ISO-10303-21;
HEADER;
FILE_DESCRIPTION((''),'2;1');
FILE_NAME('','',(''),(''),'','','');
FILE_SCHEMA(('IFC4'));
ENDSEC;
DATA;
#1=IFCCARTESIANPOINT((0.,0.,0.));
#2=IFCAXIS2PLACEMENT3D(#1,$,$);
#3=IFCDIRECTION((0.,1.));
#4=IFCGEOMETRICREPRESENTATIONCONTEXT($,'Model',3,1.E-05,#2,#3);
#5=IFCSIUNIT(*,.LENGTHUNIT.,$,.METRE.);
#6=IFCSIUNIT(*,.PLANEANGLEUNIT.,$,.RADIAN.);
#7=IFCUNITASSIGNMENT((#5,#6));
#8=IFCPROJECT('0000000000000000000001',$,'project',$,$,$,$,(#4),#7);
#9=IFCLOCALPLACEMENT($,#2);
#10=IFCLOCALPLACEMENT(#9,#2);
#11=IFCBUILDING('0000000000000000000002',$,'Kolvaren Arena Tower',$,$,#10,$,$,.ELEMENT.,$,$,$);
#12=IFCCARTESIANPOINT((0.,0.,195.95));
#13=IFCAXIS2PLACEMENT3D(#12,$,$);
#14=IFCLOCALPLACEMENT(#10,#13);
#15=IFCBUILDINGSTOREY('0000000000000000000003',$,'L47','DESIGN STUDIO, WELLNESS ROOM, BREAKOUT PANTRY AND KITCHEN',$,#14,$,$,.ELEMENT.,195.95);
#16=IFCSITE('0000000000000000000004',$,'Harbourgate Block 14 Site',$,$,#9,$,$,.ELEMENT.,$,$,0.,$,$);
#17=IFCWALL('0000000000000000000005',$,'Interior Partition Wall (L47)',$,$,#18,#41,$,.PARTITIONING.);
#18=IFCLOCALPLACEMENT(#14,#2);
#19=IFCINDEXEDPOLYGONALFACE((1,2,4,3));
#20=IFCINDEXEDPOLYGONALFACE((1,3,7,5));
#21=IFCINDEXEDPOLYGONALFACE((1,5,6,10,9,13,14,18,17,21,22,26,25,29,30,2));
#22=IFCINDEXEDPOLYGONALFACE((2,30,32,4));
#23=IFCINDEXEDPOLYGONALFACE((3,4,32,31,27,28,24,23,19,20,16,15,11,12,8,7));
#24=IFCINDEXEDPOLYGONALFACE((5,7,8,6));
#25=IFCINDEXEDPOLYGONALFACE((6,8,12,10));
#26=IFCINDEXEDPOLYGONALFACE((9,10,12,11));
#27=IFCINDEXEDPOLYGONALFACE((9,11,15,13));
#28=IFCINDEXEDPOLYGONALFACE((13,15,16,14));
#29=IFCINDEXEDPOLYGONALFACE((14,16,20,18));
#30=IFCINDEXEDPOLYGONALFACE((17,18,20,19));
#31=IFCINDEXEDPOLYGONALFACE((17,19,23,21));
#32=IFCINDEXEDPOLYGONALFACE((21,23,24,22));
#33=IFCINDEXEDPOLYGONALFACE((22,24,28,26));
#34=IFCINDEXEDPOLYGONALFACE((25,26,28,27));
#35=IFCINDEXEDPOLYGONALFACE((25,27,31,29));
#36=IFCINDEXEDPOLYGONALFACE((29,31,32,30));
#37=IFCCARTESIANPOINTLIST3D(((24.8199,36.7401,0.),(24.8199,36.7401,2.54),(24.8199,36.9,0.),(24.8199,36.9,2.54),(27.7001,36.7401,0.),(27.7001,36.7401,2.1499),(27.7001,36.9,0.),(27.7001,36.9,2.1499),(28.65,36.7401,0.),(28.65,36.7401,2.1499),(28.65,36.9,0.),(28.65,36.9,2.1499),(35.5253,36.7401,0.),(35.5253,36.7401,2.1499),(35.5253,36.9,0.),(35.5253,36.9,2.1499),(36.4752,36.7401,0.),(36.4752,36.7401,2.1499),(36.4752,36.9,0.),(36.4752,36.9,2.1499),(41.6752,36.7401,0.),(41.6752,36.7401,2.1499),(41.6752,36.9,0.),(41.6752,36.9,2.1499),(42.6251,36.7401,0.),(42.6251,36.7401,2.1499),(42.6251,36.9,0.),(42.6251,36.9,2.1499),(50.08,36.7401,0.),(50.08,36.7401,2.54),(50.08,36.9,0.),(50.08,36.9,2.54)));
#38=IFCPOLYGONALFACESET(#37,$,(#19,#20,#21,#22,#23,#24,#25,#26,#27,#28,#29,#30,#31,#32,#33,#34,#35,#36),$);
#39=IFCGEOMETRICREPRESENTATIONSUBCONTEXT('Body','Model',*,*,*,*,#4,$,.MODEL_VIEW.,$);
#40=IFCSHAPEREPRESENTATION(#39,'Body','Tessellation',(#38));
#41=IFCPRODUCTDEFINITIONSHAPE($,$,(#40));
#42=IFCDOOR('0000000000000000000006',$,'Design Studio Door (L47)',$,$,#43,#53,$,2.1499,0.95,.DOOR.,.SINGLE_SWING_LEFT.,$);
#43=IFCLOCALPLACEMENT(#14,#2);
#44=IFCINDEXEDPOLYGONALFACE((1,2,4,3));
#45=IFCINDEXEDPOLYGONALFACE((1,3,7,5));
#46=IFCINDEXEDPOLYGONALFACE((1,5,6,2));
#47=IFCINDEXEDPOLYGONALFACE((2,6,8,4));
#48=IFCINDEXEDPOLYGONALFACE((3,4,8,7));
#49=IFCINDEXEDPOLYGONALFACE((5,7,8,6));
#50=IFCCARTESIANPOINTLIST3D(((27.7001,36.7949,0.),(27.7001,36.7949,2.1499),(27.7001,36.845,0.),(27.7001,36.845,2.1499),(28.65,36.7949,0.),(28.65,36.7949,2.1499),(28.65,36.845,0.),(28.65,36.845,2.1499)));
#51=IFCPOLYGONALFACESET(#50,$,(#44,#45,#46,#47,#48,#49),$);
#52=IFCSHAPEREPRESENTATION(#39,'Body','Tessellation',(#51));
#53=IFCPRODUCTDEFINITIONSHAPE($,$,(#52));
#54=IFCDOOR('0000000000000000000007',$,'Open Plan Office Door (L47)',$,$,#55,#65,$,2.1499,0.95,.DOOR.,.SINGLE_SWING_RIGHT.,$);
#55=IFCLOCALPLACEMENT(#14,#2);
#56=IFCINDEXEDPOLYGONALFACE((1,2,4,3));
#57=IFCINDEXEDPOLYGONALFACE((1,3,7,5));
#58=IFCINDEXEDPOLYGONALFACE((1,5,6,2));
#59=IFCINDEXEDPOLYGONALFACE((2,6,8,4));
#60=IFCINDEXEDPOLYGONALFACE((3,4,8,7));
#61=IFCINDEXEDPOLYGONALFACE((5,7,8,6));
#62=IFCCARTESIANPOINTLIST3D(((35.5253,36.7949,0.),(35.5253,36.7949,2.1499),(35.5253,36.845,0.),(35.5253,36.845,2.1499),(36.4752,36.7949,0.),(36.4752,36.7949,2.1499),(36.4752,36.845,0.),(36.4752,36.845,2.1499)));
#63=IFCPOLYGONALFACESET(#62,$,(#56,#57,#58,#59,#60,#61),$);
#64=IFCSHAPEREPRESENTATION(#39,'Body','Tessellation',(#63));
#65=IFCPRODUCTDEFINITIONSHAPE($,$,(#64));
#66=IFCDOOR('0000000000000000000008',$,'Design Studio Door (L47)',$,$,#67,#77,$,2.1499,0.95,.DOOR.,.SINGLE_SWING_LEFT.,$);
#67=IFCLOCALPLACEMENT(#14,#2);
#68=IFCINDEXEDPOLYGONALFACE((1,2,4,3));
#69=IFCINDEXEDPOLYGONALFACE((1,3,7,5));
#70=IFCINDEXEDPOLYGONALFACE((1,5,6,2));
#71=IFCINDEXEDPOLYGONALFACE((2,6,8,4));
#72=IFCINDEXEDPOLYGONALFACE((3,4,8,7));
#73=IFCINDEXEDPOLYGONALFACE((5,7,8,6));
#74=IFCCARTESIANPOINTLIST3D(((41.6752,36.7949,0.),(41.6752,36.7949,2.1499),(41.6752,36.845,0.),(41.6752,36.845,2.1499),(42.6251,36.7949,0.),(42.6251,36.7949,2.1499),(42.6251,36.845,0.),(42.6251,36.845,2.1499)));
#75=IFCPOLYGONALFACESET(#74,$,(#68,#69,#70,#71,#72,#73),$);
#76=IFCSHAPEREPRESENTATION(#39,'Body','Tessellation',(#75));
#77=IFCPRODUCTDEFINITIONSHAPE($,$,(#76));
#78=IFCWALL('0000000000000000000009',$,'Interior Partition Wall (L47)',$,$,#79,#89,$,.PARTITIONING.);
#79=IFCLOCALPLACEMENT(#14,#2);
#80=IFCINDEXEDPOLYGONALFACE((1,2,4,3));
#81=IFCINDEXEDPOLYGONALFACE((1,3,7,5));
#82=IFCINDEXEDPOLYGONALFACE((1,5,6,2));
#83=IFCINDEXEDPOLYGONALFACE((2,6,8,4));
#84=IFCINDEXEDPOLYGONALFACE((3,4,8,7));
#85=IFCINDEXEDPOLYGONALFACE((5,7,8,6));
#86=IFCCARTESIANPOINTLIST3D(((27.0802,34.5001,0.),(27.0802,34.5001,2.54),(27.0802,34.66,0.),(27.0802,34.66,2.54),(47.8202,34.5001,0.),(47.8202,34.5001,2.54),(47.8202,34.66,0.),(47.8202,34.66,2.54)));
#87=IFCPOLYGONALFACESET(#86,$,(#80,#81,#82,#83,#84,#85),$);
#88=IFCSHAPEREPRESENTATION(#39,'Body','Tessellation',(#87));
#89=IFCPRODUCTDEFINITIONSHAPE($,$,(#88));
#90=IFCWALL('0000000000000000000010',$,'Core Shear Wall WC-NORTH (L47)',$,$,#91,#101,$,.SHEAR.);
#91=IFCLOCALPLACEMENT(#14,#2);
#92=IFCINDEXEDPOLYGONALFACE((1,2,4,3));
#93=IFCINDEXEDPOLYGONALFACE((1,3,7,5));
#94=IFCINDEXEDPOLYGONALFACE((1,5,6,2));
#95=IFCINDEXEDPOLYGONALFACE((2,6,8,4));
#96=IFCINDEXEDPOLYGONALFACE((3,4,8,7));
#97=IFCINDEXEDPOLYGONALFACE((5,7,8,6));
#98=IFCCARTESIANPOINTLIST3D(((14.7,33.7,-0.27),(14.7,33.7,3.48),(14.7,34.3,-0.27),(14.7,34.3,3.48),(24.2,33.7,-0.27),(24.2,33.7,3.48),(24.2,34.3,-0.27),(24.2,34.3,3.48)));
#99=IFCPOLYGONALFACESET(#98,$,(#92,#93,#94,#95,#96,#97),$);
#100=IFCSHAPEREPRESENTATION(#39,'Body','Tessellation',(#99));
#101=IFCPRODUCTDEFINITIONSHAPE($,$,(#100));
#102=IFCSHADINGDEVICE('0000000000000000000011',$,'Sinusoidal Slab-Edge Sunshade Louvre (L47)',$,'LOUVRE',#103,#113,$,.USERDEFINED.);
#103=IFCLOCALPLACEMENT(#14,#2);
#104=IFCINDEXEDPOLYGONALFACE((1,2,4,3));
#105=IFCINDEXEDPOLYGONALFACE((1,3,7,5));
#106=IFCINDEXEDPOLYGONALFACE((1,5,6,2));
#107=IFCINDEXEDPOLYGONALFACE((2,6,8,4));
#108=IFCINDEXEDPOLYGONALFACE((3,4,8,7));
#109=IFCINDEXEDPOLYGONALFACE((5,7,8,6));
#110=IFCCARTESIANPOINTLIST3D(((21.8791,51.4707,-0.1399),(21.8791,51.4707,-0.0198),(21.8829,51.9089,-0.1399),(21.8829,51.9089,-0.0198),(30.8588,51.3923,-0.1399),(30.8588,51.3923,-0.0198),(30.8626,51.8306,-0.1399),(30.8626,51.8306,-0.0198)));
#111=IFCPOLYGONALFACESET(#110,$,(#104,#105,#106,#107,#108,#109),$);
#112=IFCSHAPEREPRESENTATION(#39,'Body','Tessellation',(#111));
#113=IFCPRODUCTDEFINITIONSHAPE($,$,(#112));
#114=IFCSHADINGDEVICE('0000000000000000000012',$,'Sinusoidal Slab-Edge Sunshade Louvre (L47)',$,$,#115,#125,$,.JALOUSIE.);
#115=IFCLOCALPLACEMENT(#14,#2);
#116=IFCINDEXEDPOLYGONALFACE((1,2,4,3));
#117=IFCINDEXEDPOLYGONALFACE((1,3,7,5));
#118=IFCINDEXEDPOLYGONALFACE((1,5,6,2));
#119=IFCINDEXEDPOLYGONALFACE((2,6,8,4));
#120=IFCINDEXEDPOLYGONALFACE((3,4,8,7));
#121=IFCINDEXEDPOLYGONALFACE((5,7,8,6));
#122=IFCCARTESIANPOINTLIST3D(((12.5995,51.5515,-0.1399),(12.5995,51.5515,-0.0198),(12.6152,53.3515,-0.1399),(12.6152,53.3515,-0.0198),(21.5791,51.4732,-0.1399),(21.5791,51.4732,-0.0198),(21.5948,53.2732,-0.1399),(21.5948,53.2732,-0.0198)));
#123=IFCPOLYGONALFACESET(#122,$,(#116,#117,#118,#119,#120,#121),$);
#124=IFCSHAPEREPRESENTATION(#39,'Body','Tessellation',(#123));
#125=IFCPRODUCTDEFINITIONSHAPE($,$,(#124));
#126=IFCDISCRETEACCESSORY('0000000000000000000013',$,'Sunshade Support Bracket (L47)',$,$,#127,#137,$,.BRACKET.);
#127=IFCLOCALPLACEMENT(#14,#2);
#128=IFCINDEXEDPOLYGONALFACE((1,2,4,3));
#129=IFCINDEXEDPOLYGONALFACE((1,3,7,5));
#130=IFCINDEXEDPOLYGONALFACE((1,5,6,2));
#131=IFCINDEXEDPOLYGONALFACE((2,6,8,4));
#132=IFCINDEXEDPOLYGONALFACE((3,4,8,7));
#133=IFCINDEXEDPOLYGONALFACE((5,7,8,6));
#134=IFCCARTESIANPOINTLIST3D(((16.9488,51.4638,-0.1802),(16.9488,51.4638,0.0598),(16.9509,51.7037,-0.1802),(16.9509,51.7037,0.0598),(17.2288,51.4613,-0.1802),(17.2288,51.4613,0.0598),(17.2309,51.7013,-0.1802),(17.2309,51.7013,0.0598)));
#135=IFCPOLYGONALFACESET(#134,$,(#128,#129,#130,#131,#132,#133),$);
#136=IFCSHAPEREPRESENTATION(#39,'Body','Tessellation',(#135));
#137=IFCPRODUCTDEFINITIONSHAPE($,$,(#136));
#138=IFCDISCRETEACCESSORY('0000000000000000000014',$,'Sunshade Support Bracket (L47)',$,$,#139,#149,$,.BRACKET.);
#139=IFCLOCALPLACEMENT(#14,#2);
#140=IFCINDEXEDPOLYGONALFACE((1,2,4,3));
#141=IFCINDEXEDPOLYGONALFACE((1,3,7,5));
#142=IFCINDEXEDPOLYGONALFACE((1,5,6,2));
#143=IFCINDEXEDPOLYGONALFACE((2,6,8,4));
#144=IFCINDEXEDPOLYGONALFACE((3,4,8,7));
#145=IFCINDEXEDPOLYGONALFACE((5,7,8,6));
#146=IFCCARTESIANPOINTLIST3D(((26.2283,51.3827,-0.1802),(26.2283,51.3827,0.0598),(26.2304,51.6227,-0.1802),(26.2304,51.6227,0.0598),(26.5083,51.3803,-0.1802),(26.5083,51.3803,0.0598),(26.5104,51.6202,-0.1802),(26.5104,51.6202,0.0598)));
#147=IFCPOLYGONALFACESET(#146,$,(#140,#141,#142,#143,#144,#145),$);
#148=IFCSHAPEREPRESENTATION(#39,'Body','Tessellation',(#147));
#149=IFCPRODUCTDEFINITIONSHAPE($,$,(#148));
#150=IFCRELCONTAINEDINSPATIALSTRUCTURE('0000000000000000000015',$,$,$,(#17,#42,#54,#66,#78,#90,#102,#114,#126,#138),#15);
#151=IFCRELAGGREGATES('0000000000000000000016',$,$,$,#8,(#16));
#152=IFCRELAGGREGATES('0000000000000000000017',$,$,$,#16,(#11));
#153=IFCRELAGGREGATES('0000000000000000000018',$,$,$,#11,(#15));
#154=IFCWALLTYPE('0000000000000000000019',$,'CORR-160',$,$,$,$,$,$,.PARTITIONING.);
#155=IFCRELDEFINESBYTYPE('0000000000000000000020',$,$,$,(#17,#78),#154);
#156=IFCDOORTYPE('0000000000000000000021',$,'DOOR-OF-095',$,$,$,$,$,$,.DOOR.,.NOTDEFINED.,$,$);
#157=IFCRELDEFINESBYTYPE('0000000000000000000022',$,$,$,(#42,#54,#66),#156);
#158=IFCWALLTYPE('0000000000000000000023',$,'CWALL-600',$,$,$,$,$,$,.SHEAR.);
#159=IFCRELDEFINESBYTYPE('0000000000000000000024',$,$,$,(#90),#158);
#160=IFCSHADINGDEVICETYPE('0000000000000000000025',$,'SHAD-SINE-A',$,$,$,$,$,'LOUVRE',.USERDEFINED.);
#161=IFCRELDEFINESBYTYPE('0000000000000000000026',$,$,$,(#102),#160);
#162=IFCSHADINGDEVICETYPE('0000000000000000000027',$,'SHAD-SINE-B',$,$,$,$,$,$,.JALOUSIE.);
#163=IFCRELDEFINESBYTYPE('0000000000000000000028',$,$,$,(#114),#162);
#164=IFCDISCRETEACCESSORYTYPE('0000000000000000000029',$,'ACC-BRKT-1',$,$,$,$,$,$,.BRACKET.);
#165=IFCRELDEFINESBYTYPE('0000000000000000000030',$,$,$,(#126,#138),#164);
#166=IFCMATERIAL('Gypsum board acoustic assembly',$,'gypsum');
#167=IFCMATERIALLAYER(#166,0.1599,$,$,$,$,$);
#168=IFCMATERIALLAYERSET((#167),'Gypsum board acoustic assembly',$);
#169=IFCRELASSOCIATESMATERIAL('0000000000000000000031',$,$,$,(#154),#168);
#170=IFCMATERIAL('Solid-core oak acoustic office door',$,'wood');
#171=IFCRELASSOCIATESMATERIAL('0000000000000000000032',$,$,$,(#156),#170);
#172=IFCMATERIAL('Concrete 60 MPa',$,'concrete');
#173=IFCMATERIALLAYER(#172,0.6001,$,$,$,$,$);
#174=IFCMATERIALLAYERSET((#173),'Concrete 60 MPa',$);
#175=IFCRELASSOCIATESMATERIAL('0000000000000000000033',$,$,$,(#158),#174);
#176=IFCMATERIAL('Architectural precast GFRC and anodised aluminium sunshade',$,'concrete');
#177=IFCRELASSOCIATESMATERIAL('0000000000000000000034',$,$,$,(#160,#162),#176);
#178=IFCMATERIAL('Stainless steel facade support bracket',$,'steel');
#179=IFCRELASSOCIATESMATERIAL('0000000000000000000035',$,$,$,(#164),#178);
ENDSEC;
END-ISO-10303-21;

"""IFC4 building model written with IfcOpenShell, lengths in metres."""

from ifc_helpers import new_model, si_unit, direction, frame, frame_2d, origin, origin_2d, place, context, subcontext, project, spatial, rectangle, extrude, material, layer, layer_set, type_object, element, fill, save


model = new_model("IFC4")

# Units and contexts
model_context = context("Model", 3, precision=1e-05, world=origin(), true_north=direction((0.0, 1.0)))
body_context = subcontext(model_context, "Body", "Model", "MODEL_VIEW")
ifc_project = project(units=[si_unit("LENGTHUNIT", "METRE"), si_unit("PLANEANGLEUNIT", "RADIAN")], contexts=[model_context])

# Site, building, storey
site_placement = place(None, origin())
site = spatial("IfcSite", under=ifc_project, at=site_placement, Name="Harbourgate Block 14 Site", CompositionType="ELEMENT", RefElevation=0.0)
building_placement = place(site_placement, origin())
building = spatial("IfcBuilding", under=site, at=building_placement, Name="Kolvaren Arena Tower", CompositionType="ELEMENT")
storey_placement = place(building_placement, frame((0.0, 0.0, 195.95)))
storey = spatial("IfcBuildingStorey", under=building, at=storey_placement, Name="L47", Description="DESIGN STUDIO, WELLNESS ROOM, BREAKOUT PANTRY AND KITCHEN", CompositionType="ELEMENT", Elevation=195.95)

# Shared definitions
ifc_material_1 = material(Name="Gypsum board acoustic assembly", Category="gypsum")
ifc_layer_1 = layer(ifc_material_1, 0.1599)
ifc_layer_set_1 = layer_set([ifc_layer_1], Name="Gypsum board acoustic assembly")
wall_type_1 = type_object("IfcWallType", Name="CORR-160", PredefinedType="PARTITIONING", material=ifc_layer_set_1)

# Wall, openings, doors
wall_1_placement = place(storey_placement, frame((24.8201, 36.8201, 0.0), z_axis=(0.0, 0.0, 1.0), x_axis=(1.0, 0.0, 0.0)))
wall_1 = element("IfcWall", 1, at=wall_1_placement, inside=storey, type_object=wall_type_1, Name="Interior Partition Wall (L47)", PredefinedType="PARTITIONING", context=body_context, shape_type="SweptSolid", body=[
    extrude(rectangle(XDim=25.26, YDim=0.1599, at=frame_2d((12.6299, 0.0))), origin(), (0.0, 0.0, 1.0), 2.54),
])
opening_1_placement = place(wall_1_placement, frame((2.8799, 0.0, 0.0)))
opening_1 = element("IfcOpeningElement", 2, at=opening_1_placement, cuts=wall_1, PredefinedType="OPENING", context=body_context, shape_type="SweptSolid", body=[
    extrude(rectangle(XDim=0.95, YDim=2.1499, at=frame_2d((0.4751, 1.075))), frame((0.0, 0.0898, 0.0), z_axis=(0.0, -1.0, 0.0), x_axis=(1.0, 0.0, 0.0)), (0.0, 0.0, 1.0), 0.1799),
])
opening_2_placement = place(wall_1_placement, frame((10.7051, 0.0, 0.0)))
opening_2 = element("IfcOpeningElement", 3, at=opening_2_placement, cuts=wall_1, PredefinedType="OPENING", context=body_context, shape_type="SweptSolid", body=[
    extrude(rectangle(XDim=0.95, YDim=2.1499, at=frame_2d((0.4751, 1.075))), frame((0.0, 0.0898, 0.0), z_axis=(0.0, -1.0, 0.0), x_axis=(1.0, 0.0, 0.0)), (0.0, 0.0, 1.0), 0.1799),
])
opening_3_placement = place(wall_1_placement, frame((16.855, 0.0, 0.0)))
opening_3 = element("IfcOpeningElement", 4, at=opening_3_placement, cuts=wall_1, PredefinedType="OPENING", context=body_context, shape_type="SweptSolid", body=[
    extrude(rectangle(XDim=0.95, YDim=2.1499, at=frame_2d((0.4751, 1.075))), frame((0.0, 0.0898, 0.0), z_axis=(0.0, -1.0, 0.0), x_axis=(1.0, 0.0, 0.0)), (0.0, 0.0, 1.0), 0.1799),
])
ifc_material_2 = material(Name="Solid-core oak acoustic office door", Category="wood")
door_type = type_object("IfcDoorType", Name="DOOR-OF-095", OperationType="NOTDEFINED", PredefinedType="DOOR", material=ifc_material_2)
door_1_placement = place(opening_1_placement, origin())
door_1 = element("IfcDoor", 5, at=door_1_placement, inside=storey, type_object=door_type, Name="Design Studio Door (L47)", OperationType="SINGLE_SWING_LEFT", OverallHeight=2.1499, OverallWidth=0.95, PredefinedType="DOOR", context=body_context, shape_type="SweptSolid", body=[
    extrude(rectangle(XDim=0.95, YDim=2.1499, at=frame_2d((0.4751, 1.075))), frame((0.0, 0.0249, 0.0), z_axis=(0.0, -1.0, 0.0), x_axis=(1.0, 0.0, 0.0)), (0.0, 0.0, 1.0), 0.05),
])
fill(opening_1, door_1)
door_2_placement = place(opening_2_placement, origin())
door_2 = element("IfcDoor", 6, at=door_2_placement, inside=storey, type_object=door_type, Name="Open Plan Office Door (L47)", OperationType="SINGLE_SWING_RIGHT", OverallHeight=2.1499, OverallWidth=0.95, PredefinedType="DOOR", context=body_context, shape_type="SweptSolid", body=[
    extrude(rectangle(XDim=0.95, YDim=2.1499, at=frame_2d((0.4751, 1.075))), frame((0.0, 0.0249, 0.0), z_axis=(0.0, -1.0, 0.0), x_axis=(1.0, 0.0, 0.0)), (0.0, 0.0, 1.0), 0.05),
])
fill(opening_2, door_2)
door_3_placement = place(opening_3_placement, origin())
door_3 = element("IfcDoor", 7, at=door_3_placement, inside=storey, type_object=door_type, Name="Design Studio Door (L47)", OperationType="SINGLE_SWING_LEFT", OverallHeight=2.1499, OverallWidth=0.95, PredefinedType="DOOR", context=body_context, shape_type="SweptSolid", body=[
    extrude(rectangle(XDim=0.95, YDim=2.1499, at=frame_2d((0.4751, 1.075))), frame((0.0, 0.0249, 0.0), z_axis=(0.0, -1.0, 0.0), x_axis=(1.0, 0.0, 0.0)), (0.0, 0.0, 1.0), 0.05),
])
fill(opening_3, door_3)

# Walls
wall_2_placement = place(storey_placement, frame((27.0801, 34.5801, 0.0), z_axis=(0.0, 0.0, 1.0), x_axis=(1.0, 0.0, 0.0)))
element("IfcWall", 8, at=wall_2_placement, inside=storey, type_object=wall_type_1, Name="Interior Partition Wall (L47)", PredefinedType="PARTITIONING", context=body_context, shape_type="SweptSolid", body=[
    extrude(rectangle(XDim=20.74, YDim=0.1599, at=frame_2d((10.3701, 0.0))), origin(), (0.0, 0.0, 1.0), 2.54),
])
ifc_material_3 = material(Name="Concrete 60 MPa", Category="concrete")
ifc_layer_2 = layer(ifc_material_3, 0.6001)
ifc_layer_set_2 = layer_set([ifc_layer_2], Name="Concrete 60 MPa")
wall_type_2 = type_object("IfcWallType", Name="CWALL-600", PredefinedType="SHEAR", material=ifc_layer_set_2)
wall_3_placement = place(storey_placement, frame((14.7, 34.0, -0.27), z_axis=(0.0, 0.0, 1.0), x_axis=(1.0, 0.0, 0.0)))
element("IfcWall", 9, at=wall_3_placement, inside=storey, type_object=wall_type_2, Name="Core Shear Wall WC-NORTH (L47)", PredefinedType="SHEAR", context=body_context, shape_type="SweptSolid", body=[
    extrude(rectangle(XDim=9.5, YDim=0.6001, at=frame_2d((4.75, 0.0))), origin(), (0.0, 0.0, 1.0), 3.75),
])

# Shading devices
ifc_material_4 = material(Name="Architectural precast GFRC and anodised aluminium sunshade", Category="concrete")
shading_device_type_1 = type_object("IfcShadingDeviceType", Name="SHAD-SINE-A", ElementType="LOUVRE", PredefinedType="USERDEFINED", material=ifc_material_4)
shading_device_1_placement = place(storey_placement, frame((26.3708, 51.6506, -0.1399), z_axis=(0.0, 0.0, 1.0), x_axis=(0.999962, -0.008727, 0.0)))
element("IfcShadingDevice", 10, at=shading_device_1_placement, inside=storey, type_object=shading_device_type_1, Name="Sinusoidal Slab-Edge Sunshade Louvre (L47)", ObjectType="LOUVRE", PredefinedType="USERDEFINED", context=body_context, shape_type="SweptSolid", body=[
    extrude(rectangle(XDim=8.98, YDim=0.4382, at=origin_2d()), origin(), (0.0, 0.0, 1.0), 0.1201),
])
shading_device_type_2 = type_object("IfcShadingDeviceType", Name="SHAD-SINE-B", PredefinedType="JALOUSIE", material=ifc_material_4)
shading_device_2_placement = place(storey_placement, frame((17.0972, 52.4124, -0.1399), z_axis=(0.0, 0.0, 1.0), x_axis=(0.999962, -0.008727, 0.0)))
element("IfcShadingDevice", 11, at=shading_device_2_placement, inside=storey, type_object=shading_device_type_2, Name="Sinusoidal Slab-Edge Sunshade Louvre (L47)", PredefinedType="JALOUSIE", context=body_context, shape_type="SweptSolid", body=[
    extrude(rectangle(XDim=8.98, YDim=1.8, at=origin_2d()), origin(), (0.0, 0.0, 1.0), 0.1201),
])

# Discrete accessories
ifc_material_5 = material(Name="Stainless steel facade support bracket", Category="steel")
discrete_accessory_type = type_object("IfcDiscreteAccessoryType", Name="ACC-BRKT-1", PredefinedType="BRACKET", material=ifc_material_5)
for number, where, z_axis, x_axis, name in (
    (12, (17.0898, 51.5825, -0.1802), (0.0, 0.0, 1.0), (0.999962, -0.008727, 0.0), "Sunshade Support Bracket (L47)"),
    (13, (26.3694, 51.5015, -0.1802), (0.0, 0.0, 1.0), (0.999962, -0.008727, 0.0), "Sunshade Support Bracket (L47)"),
):
    element("IfcDiscreteAccessory", number, at=place(storey_placement, frame(where, z_axis=z_axis, x_axis=x_axis)), inside=storey, type_object=discrete_accessory_type, Name=name, PredefinedType="BRACKET", context=body_context, shape_type="SweptSolid", body=[
        extrude(rectangle(XDim=0.28, YDim=0.24, at=origin_2d()), origin(), (0.0, 0.0, 1.0), 0.24),
    ])

save(model, "model.ifc")
